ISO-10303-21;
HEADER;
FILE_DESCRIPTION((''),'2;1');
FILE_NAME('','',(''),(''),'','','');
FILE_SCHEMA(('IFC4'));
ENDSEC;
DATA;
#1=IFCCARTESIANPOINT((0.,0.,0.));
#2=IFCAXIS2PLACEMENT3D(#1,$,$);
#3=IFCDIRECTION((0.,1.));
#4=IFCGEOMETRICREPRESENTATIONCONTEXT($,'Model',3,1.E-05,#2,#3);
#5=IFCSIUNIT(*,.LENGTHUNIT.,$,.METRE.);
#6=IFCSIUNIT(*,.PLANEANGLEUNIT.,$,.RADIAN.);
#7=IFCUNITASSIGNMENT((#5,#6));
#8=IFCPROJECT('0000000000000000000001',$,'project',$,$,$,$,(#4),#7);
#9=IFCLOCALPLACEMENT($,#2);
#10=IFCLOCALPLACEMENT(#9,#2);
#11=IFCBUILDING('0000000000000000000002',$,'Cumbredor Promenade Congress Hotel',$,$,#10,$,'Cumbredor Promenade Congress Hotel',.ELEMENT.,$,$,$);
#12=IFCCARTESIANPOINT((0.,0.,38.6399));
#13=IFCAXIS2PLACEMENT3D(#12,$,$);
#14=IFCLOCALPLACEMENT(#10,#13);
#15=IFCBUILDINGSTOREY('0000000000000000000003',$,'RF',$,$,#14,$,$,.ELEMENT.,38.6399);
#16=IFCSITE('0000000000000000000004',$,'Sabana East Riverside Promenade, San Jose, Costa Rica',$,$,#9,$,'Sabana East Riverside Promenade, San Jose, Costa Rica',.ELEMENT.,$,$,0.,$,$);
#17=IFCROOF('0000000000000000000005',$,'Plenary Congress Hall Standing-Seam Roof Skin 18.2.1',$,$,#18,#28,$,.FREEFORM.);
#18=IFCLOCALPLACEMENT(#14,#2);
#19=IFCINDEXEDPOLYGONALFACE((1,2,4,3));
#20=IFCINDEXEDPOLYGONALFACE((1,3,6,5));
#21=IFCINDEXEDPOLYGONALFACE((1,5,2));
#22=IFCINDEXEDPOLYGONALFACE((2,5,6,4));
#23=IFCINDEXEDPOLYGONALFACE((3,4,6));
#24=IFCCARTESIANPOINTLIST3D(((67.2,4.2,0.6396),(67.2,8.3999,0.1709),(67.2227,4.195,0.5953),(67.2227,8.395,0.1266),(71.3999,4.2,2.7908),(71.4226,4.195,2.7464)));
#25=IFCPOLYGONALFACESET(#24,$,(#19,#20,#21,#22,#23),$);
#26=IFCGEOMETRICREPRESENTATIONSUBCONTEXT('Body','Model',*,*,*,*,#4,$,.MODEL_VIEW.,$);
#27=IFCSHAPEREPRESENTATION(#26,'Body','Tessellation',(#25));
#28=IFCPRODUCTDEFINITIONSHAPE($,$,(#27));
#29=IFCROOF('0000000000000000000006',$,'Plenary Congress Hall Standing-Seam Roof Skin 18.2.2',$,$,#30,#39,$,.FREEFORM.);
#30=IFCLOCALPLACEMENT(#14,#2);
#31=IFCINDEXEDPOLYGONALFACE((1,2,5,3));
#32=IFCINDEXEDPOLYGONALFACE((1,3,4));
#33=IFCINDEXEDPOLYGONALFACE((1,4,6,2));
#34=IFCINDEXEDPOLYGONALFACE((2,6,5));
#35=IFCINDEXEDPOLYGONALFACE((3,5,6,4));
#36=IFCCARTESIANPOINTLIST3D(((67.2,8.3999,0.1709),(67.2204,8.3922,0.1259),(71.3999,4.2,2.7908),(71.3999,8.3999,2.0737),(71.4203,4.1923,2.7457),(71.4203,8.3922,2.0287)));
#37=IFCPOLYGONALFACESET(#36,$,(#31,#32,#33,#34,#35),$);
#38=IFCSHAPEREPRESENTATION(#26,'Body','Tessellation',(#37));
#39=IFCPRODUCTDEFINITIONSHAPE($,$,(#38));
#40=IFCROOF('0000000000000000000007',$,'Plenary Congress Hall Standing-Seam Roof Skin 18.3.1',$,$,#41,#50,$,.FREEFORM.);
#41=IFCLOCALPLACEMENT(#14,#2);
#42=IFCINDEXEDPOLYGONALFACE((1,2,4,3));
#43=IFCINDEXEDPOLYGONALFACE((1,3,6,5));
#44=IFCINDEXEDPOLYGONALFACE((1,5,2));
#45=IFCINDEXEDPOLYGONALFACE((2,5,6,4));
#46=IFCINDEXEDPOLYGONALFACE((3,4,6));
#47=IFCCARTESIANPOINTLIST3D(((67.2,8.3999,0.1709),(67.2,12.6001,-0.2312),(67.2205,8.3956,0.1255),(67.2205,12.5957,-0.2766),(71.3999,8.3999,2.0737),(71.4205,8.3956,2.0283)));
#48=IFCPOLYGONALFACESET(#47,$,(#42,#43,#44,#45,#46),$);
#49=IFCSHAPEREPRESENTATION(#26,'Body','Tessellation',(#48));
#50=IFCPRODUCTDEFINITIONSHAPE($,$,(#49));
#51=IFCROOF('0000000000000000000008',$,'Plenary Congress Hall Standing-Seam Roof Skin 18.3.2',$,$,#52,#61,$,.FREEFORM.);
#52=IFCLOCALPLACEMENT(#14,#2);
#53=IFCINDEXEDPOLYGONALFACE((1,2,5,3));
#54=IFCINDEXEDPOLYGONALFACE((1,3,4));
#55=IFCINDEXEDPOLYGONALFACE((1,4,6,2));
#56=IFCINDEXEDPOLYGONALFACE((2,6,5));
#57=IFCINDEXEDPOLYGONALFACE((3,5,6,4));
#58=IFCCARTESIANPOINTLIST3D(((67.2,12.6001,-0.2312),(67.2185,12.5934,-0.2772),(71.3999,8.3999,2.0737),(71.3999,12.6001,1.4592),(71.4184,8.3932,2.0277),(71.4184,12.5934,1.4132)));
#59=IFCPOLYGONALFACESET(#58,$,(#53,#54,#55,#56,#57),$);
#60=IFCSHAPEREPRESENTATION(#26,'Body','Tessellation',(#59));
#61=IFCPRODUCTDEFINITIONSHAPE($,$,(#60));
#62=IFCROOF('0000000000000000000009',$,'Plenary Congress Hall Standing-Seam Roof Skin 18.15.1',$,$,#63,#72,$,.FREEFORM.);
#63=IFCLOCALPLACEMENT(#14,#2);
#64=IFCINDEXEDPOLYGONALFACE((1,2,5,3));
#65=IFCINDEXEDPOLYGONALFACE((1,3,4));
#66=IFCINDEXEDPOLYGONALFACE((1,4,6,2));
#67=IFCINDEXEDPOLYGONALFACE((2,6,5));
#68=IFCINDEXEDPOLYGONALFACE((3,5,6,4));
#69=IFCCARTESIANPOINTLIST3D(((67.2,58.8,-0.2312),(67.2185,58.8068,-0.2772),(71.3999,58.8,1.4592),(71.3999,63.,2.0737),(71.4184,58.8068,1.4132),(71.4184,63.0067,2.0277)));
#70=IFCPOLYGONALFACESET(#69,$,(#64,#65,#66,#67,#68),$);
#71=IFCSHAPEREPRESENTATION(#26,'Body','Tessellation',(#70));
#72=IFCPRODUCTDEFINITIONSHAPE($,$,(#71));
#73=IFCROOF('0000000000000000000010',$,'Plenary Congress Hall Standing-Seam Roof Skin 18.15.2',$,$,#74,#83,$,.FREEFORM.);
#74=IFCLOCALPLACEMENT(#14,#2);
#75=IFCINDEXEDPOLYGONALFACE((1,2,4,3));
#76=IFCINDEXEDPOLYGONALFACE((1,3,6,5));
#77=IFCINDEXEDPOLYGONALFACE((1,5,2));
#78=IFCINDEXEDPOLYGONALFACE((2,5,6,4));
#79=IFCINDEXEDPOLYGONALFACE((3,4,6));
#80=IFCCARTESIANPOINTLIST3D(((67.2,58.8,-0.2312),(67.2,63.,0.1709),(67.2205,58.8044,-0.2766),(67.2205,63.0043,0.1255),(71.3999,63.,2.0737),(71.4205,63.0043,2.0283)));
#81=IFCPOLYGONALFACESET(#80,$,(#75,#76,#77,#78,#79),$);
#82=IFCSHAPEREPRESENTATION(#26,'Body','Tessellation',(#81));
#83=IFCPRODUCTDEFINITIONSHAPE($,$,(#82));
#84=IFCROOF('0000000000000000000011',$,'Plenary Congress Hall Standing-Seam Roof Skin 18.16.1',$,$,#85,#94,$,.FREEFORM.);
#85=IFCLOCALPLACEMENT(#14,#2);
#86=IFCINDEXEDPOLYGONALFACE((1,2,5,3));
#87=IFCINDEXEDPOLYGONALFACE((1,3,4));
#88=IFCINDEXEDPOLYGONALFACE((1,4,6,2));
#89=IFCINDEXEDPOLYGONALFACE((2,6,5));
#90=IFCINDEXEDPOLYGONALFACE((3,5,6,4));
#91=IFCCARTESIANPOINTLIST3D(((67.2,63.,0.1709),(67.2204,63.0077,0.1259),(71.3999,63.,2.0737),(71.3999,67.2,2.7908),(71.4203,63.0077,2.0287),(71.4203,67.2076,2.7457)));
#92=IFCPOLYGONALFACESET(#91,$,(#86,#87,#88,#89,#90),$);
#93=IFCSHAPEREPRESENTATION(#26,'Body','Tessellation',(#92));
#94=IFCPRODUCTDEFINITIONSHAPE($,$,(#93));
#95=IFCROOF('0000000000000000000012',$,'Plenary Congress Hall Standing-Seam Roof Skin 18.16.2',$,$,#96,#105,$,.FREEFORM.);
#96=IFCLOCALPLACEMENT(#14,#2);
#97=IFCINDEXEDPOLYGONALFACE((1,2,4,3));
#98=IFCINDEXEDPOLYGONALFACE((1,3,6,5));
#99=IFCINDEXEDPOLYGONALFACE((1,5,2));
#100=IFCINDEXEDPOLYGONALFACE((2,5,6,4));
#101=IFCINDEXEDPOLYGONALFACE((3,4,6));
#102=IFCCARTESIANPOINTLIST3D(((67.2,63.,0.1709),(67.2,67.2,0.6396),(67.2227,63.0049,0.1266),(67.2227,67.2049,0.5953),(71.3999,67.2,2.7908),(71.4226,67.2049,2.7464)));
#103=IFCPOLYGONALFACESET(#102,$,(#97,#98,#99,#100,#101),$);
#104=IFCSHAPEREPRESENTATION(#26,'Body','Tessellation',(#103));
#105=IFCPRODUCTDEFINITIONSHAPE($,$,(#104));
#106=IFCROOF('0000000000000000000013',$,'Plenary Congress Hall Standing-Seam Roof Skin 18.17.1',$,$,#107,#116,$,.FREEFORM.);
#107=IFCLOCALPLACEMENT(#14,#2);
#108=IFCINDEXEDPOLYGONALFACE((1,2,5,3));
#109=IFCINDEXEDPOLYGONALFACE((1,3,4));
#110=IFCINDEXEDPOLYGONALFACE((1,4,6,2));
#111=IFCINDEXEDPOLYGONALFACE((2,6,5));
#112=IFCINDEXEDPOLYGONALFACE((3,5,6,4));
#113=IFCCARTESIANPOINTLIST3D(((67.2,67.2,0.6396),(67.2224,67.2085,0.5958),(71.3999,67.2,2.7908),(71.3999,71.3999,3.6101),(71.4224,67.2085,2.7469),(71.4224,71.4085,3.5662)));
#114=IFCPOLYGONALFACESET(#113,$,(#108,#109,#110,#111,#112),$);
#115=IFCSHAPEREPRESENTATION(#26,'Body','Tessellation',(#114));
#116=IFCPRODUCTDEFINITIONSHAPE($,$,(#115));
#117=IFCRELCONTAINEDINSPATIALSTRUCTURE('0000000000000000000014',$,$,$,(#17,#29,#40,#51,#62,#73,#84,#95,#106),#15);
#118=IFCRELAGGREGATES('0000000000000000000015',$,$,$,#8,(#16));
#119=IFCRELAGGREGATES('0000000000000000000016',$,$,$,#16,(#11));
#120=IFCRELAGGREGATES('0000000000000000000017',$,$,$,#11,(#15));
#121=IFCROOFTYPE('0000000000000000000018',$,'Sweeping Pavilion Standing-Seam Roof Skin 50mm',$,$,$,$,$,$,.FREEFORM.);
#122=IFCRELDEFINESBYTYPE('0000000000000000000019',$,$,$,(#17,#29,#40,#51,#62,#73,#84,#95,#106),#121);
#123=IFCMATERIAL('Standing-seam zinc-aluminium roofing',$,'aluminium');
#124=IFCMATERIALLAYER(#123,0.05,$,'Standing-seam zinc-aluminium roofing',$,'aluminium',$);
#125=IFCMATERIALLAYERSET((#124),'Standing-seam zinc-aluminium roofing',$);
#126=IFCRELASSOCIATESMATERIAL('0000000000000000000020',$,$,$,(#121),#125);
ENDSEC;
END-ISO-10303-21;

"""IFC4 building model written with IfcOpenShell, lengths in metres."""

from ifc_helpers import new_model, si_unit, direction, frame, origin, place, context, subcontext, project, spatial, polyline, outline, extrude, material, layer, layer_set, type_object, element, save


model = new_model("IFC4")

# Units and contexts
model_context = context("Model", 3, precision=1e-05, world=origin(), true_north=direction((0.0, 1.0)))
body_context = subcontext(model_context, "Body", "Model", "MODEL_VIEW")
ifc_project = project(units=[si_unit("LENGTHUNIT", "METRE"), si_unit("PLANEANGLEUNIT", "RADIAN")], contexts=[model_context])

# Site, building, storey
site_placement = place(None, origin())
site = spatial("IfcSite", under=ifc_project, at=site_placement, Name="Sabana East Riverside Promenade, San Jose, Costa Rica", LongName="Sabana East Riverside Promenade, San Jose, Costa Rica", CompositionType="ELEMENT", RefElevation=0.0)
building_placement = place(site_placement, origin())
building = spatial("IfcBuilding", under=site, at=building_placement, Name="Cumbredor Promenade Congress Hotel", LongName="Cumbredor Promenade Congress Hotel", CompositionType="ELEMENT")
storey_placement = place(building_placement, frame((0.0, 0.0, 38.6399)))
storey = spatial("IfcBuildingStorey", under=building, at=storey_placement, Name="RF", CompositionType="ELEMENT", Elevation=38.6399)

# Roofs
ifc_material_1 = material(Name="Standing-seam zinc-aluminium roofing", Category="aluminium")
ifc_layer_1 = layer(ifc_material_1, 0.05, Name="Standing-seam zinc-aluminium roofing", Category="aluminium")
ifc_layer_set_1 = layer_set([ifc_layer_1], Name="Standing-seam zinc-aluminium roofing")
roof_type = type_object("IfcRoofType", Name="Sweeping Pavilion Standing-Seam Roof Skin 50mm", PredefinedType="FREEFORM", material=ifc_layer_set_1)
roof_1_placement = place(storey_placement, frame((67.2, 4.2, 0.6396), z_axis=(-0.453631, 0.098851, 0.88569), x_axis=(0.89005, 0.0, 0.455864)))
element("IfcRoof", 1, at=roof_1_placement, inside=storey, type_object=roof_type, Name="Plenary Congress Hall Standing-Seam Roof Skin 18.2.1", PredefinedType="FREEFORM", context=body_context, shape_type="SweptSolid", body=[
    extrude(outline(polyline([(0.0, 0.0), (4.7188, 0.0), (-0.2137, 4.2206), (0.0, 0.0)])), origin(), (0.0, 0.0, -1.0), 0.05),
])
roof_2_placement = place(storey_placement, frame((71.3999, 4.2, 2.7908), z_axis=(-0.40778, 0.153663, 0.900057), x_axis=(0.0, 0.985737, -0.168291)))
element("IfcRoof", 2, at=roof_2_placement, inside=storey, type_object=roof_type, Name="Plenary Congress Hall Standing-Seam Roof Skin 18.2.2", PredefinedType="FREEFORM", context=body_context, shape_type="SweptSolid", body=[
    extrude(outline(polyline([(0.0, 0.0), (4.2607, 0.0), (4.5809, 4.5998), (0.0, 0.0)])), origin(), (0.0, 0.0, -1.0), 0.05),
])
roof_3_placement = place(storey_placement, frame((67.2, 8.3999, 0.1709), z_axis=(-0.411122, 0.086872, 0.907432), x_axis=(0.910875, 0.0, 0.412682)))
element("IfcRoof", 3, at=roof_3_placement, inside=storey, type_object=roof_type, Name="Plenary Congress Hall Standing-Seam Roof Skin 18.3.1", PredefinedType="FREEFORM", context=body_context, shape_type="SweptSolid", body=[
    extrude(outline(polyline([(0.0, 0.0), (4.6109, 0.0), (-0.1659, 4.2161), (0.0, 0.0)])), origin(), (0.0, 0.0, -1.0), 0.05),
])
roof_4_placement = place(storey_placement, frame((71.3999, 8.3999, 2.0737), z_axis=(-0.369987, 0.134489, 0.919251), x_axis=(0.0, 0.989466, -0.144762)))
element("IfcRoof", 4, at=roof_4_placement, inside=storey, type_object=roof_type, Name="Plenary Congress Hall Standing-Seam Roof Skin 18.3.2", PredefinedType="FREEFORM", context=body_context, shape_type="SweptSolid", body=[
    extrude(outline(polyline([(0.0, 0.0), (4.2449, 0.0), (4.4896, 4.5208), (0.0, 0.0)])), origin(), (0.0, 0.0, -1.0), 0.05),
])
roof_5_placement = place(storey_placement, frame((67.2, 58.8, -0.2312), z_axis=(-0.369987, -0.134497, 0.91925), x_axis=(0.927679, 0.0, 0.373379)))
element("IfcRoof", 5, at=roof_5_placement, inside=storey, type_object=roof_type, Name="Plenary Congress Hall Standing-Seam Roof Skin 18.15.1", PredefinedType="FREEFORM", context=body_context, shape_type="SweptSolid", body=[
    extrude(outline(polyline([(0.0, 0.0), (4.5274, 0.0), (4.7568, 4.2385), (0.0, 0.0)])), origin(), (0.0, 0.0, -1.0), 0.05),
])
roof_6_placement = place(storey_placement, frame((67.2, 58.8, -0.2312), z_axis=(-0.411121, -0.086877, 0.907431), x_axis=(0.659211, 0.659211, 0.361775)))
element("IfcRoof", 6, at=roof_6_placement, inside=storey, type_object=roof_type, Name="Plenary Congress Hall Standing-Seam Roof Skin 18.15.2", PredefinedType="FREEFORM", context=body_context, shape_type="SweptSolid", body=[
    extrude(outline(polyline([(0.0, 0.0), (6.3712, 0.0), (2.9141, 3.0511), (0.0, 0.0)])), origin(), (0.0, 0.0, -1.0), 0.05),
])
roof_7_placement = place(storey_placement, frame((67.2, 63.0, 0.1709), z_axis=(-0.40778, -0.153663, 0.900057), x_axis=(0.910875, 0.0, 0.412682)))
element("IfcRoof", 7, at=roof_7_placement, inside=storey, type_object=roof_type, Name="Plenary Congress Hall Standing-Seam Roof Skin 18.16.1", PredefinedType="FREEFORM", context=body_context, shape_type="SweptSolid", body=[
    extrude(outline(polyline([(0.0, 0.0), (4.6109, 0.0), (4.9068, 4.2504), (0.0, 0.0)])), origin(), (0.0, 0.0, -1.0), 0.05),
])
roof_8_placement = place(storey_placement, frame((67.2, 63.0, 0.1709), z_axis=(-0.453631, -0.098851, 0.88569), x_axis=(0.646967, 0.646967, 0.403569)))
element("IfcRoof", 8, at=roof_8_placement, inside=storey, type_object=roof_type, Name="Plenary Congress Hall Standing-Seam Roof Skin 18.16.2", PredefinedType="FREEFORM", context=body_context, shape_type="SweptSolid", body=[
    extrude(outline(polyline([(0.0, 0.0), (6.4918, 0.0), (2.9064, 3.0679), (0.0, 0.0)])), origin(), (0.0, 0.0, -1.0), 0.05),
])
roof_9_placement = place(storey_placement, frame((67.2, 67.2, 0.6396), z_axis=(-0.449144, -0.171073, 0.876929), x_axis=(0.89005, 0.0, 0.455864)))
element("IfcRoof", 9, at=roof_9_placement, inside=storey, type_object=roof_type, Name="Plenary Congress Hall Standing-Seam Roof Skin 18.17.1", PredefinedType="FREEFORM", context=body_context, shape_type="SweptSolid", body=[
    extrude(outline(polyline([(0.0, 0.0), (4.7188, 0.0), (5.0923, 4.2628), (0.0, 0.0)])), origin(), (0.0, 0.0, -1.0), 0.05),
])

save(model, "model.ifc")
